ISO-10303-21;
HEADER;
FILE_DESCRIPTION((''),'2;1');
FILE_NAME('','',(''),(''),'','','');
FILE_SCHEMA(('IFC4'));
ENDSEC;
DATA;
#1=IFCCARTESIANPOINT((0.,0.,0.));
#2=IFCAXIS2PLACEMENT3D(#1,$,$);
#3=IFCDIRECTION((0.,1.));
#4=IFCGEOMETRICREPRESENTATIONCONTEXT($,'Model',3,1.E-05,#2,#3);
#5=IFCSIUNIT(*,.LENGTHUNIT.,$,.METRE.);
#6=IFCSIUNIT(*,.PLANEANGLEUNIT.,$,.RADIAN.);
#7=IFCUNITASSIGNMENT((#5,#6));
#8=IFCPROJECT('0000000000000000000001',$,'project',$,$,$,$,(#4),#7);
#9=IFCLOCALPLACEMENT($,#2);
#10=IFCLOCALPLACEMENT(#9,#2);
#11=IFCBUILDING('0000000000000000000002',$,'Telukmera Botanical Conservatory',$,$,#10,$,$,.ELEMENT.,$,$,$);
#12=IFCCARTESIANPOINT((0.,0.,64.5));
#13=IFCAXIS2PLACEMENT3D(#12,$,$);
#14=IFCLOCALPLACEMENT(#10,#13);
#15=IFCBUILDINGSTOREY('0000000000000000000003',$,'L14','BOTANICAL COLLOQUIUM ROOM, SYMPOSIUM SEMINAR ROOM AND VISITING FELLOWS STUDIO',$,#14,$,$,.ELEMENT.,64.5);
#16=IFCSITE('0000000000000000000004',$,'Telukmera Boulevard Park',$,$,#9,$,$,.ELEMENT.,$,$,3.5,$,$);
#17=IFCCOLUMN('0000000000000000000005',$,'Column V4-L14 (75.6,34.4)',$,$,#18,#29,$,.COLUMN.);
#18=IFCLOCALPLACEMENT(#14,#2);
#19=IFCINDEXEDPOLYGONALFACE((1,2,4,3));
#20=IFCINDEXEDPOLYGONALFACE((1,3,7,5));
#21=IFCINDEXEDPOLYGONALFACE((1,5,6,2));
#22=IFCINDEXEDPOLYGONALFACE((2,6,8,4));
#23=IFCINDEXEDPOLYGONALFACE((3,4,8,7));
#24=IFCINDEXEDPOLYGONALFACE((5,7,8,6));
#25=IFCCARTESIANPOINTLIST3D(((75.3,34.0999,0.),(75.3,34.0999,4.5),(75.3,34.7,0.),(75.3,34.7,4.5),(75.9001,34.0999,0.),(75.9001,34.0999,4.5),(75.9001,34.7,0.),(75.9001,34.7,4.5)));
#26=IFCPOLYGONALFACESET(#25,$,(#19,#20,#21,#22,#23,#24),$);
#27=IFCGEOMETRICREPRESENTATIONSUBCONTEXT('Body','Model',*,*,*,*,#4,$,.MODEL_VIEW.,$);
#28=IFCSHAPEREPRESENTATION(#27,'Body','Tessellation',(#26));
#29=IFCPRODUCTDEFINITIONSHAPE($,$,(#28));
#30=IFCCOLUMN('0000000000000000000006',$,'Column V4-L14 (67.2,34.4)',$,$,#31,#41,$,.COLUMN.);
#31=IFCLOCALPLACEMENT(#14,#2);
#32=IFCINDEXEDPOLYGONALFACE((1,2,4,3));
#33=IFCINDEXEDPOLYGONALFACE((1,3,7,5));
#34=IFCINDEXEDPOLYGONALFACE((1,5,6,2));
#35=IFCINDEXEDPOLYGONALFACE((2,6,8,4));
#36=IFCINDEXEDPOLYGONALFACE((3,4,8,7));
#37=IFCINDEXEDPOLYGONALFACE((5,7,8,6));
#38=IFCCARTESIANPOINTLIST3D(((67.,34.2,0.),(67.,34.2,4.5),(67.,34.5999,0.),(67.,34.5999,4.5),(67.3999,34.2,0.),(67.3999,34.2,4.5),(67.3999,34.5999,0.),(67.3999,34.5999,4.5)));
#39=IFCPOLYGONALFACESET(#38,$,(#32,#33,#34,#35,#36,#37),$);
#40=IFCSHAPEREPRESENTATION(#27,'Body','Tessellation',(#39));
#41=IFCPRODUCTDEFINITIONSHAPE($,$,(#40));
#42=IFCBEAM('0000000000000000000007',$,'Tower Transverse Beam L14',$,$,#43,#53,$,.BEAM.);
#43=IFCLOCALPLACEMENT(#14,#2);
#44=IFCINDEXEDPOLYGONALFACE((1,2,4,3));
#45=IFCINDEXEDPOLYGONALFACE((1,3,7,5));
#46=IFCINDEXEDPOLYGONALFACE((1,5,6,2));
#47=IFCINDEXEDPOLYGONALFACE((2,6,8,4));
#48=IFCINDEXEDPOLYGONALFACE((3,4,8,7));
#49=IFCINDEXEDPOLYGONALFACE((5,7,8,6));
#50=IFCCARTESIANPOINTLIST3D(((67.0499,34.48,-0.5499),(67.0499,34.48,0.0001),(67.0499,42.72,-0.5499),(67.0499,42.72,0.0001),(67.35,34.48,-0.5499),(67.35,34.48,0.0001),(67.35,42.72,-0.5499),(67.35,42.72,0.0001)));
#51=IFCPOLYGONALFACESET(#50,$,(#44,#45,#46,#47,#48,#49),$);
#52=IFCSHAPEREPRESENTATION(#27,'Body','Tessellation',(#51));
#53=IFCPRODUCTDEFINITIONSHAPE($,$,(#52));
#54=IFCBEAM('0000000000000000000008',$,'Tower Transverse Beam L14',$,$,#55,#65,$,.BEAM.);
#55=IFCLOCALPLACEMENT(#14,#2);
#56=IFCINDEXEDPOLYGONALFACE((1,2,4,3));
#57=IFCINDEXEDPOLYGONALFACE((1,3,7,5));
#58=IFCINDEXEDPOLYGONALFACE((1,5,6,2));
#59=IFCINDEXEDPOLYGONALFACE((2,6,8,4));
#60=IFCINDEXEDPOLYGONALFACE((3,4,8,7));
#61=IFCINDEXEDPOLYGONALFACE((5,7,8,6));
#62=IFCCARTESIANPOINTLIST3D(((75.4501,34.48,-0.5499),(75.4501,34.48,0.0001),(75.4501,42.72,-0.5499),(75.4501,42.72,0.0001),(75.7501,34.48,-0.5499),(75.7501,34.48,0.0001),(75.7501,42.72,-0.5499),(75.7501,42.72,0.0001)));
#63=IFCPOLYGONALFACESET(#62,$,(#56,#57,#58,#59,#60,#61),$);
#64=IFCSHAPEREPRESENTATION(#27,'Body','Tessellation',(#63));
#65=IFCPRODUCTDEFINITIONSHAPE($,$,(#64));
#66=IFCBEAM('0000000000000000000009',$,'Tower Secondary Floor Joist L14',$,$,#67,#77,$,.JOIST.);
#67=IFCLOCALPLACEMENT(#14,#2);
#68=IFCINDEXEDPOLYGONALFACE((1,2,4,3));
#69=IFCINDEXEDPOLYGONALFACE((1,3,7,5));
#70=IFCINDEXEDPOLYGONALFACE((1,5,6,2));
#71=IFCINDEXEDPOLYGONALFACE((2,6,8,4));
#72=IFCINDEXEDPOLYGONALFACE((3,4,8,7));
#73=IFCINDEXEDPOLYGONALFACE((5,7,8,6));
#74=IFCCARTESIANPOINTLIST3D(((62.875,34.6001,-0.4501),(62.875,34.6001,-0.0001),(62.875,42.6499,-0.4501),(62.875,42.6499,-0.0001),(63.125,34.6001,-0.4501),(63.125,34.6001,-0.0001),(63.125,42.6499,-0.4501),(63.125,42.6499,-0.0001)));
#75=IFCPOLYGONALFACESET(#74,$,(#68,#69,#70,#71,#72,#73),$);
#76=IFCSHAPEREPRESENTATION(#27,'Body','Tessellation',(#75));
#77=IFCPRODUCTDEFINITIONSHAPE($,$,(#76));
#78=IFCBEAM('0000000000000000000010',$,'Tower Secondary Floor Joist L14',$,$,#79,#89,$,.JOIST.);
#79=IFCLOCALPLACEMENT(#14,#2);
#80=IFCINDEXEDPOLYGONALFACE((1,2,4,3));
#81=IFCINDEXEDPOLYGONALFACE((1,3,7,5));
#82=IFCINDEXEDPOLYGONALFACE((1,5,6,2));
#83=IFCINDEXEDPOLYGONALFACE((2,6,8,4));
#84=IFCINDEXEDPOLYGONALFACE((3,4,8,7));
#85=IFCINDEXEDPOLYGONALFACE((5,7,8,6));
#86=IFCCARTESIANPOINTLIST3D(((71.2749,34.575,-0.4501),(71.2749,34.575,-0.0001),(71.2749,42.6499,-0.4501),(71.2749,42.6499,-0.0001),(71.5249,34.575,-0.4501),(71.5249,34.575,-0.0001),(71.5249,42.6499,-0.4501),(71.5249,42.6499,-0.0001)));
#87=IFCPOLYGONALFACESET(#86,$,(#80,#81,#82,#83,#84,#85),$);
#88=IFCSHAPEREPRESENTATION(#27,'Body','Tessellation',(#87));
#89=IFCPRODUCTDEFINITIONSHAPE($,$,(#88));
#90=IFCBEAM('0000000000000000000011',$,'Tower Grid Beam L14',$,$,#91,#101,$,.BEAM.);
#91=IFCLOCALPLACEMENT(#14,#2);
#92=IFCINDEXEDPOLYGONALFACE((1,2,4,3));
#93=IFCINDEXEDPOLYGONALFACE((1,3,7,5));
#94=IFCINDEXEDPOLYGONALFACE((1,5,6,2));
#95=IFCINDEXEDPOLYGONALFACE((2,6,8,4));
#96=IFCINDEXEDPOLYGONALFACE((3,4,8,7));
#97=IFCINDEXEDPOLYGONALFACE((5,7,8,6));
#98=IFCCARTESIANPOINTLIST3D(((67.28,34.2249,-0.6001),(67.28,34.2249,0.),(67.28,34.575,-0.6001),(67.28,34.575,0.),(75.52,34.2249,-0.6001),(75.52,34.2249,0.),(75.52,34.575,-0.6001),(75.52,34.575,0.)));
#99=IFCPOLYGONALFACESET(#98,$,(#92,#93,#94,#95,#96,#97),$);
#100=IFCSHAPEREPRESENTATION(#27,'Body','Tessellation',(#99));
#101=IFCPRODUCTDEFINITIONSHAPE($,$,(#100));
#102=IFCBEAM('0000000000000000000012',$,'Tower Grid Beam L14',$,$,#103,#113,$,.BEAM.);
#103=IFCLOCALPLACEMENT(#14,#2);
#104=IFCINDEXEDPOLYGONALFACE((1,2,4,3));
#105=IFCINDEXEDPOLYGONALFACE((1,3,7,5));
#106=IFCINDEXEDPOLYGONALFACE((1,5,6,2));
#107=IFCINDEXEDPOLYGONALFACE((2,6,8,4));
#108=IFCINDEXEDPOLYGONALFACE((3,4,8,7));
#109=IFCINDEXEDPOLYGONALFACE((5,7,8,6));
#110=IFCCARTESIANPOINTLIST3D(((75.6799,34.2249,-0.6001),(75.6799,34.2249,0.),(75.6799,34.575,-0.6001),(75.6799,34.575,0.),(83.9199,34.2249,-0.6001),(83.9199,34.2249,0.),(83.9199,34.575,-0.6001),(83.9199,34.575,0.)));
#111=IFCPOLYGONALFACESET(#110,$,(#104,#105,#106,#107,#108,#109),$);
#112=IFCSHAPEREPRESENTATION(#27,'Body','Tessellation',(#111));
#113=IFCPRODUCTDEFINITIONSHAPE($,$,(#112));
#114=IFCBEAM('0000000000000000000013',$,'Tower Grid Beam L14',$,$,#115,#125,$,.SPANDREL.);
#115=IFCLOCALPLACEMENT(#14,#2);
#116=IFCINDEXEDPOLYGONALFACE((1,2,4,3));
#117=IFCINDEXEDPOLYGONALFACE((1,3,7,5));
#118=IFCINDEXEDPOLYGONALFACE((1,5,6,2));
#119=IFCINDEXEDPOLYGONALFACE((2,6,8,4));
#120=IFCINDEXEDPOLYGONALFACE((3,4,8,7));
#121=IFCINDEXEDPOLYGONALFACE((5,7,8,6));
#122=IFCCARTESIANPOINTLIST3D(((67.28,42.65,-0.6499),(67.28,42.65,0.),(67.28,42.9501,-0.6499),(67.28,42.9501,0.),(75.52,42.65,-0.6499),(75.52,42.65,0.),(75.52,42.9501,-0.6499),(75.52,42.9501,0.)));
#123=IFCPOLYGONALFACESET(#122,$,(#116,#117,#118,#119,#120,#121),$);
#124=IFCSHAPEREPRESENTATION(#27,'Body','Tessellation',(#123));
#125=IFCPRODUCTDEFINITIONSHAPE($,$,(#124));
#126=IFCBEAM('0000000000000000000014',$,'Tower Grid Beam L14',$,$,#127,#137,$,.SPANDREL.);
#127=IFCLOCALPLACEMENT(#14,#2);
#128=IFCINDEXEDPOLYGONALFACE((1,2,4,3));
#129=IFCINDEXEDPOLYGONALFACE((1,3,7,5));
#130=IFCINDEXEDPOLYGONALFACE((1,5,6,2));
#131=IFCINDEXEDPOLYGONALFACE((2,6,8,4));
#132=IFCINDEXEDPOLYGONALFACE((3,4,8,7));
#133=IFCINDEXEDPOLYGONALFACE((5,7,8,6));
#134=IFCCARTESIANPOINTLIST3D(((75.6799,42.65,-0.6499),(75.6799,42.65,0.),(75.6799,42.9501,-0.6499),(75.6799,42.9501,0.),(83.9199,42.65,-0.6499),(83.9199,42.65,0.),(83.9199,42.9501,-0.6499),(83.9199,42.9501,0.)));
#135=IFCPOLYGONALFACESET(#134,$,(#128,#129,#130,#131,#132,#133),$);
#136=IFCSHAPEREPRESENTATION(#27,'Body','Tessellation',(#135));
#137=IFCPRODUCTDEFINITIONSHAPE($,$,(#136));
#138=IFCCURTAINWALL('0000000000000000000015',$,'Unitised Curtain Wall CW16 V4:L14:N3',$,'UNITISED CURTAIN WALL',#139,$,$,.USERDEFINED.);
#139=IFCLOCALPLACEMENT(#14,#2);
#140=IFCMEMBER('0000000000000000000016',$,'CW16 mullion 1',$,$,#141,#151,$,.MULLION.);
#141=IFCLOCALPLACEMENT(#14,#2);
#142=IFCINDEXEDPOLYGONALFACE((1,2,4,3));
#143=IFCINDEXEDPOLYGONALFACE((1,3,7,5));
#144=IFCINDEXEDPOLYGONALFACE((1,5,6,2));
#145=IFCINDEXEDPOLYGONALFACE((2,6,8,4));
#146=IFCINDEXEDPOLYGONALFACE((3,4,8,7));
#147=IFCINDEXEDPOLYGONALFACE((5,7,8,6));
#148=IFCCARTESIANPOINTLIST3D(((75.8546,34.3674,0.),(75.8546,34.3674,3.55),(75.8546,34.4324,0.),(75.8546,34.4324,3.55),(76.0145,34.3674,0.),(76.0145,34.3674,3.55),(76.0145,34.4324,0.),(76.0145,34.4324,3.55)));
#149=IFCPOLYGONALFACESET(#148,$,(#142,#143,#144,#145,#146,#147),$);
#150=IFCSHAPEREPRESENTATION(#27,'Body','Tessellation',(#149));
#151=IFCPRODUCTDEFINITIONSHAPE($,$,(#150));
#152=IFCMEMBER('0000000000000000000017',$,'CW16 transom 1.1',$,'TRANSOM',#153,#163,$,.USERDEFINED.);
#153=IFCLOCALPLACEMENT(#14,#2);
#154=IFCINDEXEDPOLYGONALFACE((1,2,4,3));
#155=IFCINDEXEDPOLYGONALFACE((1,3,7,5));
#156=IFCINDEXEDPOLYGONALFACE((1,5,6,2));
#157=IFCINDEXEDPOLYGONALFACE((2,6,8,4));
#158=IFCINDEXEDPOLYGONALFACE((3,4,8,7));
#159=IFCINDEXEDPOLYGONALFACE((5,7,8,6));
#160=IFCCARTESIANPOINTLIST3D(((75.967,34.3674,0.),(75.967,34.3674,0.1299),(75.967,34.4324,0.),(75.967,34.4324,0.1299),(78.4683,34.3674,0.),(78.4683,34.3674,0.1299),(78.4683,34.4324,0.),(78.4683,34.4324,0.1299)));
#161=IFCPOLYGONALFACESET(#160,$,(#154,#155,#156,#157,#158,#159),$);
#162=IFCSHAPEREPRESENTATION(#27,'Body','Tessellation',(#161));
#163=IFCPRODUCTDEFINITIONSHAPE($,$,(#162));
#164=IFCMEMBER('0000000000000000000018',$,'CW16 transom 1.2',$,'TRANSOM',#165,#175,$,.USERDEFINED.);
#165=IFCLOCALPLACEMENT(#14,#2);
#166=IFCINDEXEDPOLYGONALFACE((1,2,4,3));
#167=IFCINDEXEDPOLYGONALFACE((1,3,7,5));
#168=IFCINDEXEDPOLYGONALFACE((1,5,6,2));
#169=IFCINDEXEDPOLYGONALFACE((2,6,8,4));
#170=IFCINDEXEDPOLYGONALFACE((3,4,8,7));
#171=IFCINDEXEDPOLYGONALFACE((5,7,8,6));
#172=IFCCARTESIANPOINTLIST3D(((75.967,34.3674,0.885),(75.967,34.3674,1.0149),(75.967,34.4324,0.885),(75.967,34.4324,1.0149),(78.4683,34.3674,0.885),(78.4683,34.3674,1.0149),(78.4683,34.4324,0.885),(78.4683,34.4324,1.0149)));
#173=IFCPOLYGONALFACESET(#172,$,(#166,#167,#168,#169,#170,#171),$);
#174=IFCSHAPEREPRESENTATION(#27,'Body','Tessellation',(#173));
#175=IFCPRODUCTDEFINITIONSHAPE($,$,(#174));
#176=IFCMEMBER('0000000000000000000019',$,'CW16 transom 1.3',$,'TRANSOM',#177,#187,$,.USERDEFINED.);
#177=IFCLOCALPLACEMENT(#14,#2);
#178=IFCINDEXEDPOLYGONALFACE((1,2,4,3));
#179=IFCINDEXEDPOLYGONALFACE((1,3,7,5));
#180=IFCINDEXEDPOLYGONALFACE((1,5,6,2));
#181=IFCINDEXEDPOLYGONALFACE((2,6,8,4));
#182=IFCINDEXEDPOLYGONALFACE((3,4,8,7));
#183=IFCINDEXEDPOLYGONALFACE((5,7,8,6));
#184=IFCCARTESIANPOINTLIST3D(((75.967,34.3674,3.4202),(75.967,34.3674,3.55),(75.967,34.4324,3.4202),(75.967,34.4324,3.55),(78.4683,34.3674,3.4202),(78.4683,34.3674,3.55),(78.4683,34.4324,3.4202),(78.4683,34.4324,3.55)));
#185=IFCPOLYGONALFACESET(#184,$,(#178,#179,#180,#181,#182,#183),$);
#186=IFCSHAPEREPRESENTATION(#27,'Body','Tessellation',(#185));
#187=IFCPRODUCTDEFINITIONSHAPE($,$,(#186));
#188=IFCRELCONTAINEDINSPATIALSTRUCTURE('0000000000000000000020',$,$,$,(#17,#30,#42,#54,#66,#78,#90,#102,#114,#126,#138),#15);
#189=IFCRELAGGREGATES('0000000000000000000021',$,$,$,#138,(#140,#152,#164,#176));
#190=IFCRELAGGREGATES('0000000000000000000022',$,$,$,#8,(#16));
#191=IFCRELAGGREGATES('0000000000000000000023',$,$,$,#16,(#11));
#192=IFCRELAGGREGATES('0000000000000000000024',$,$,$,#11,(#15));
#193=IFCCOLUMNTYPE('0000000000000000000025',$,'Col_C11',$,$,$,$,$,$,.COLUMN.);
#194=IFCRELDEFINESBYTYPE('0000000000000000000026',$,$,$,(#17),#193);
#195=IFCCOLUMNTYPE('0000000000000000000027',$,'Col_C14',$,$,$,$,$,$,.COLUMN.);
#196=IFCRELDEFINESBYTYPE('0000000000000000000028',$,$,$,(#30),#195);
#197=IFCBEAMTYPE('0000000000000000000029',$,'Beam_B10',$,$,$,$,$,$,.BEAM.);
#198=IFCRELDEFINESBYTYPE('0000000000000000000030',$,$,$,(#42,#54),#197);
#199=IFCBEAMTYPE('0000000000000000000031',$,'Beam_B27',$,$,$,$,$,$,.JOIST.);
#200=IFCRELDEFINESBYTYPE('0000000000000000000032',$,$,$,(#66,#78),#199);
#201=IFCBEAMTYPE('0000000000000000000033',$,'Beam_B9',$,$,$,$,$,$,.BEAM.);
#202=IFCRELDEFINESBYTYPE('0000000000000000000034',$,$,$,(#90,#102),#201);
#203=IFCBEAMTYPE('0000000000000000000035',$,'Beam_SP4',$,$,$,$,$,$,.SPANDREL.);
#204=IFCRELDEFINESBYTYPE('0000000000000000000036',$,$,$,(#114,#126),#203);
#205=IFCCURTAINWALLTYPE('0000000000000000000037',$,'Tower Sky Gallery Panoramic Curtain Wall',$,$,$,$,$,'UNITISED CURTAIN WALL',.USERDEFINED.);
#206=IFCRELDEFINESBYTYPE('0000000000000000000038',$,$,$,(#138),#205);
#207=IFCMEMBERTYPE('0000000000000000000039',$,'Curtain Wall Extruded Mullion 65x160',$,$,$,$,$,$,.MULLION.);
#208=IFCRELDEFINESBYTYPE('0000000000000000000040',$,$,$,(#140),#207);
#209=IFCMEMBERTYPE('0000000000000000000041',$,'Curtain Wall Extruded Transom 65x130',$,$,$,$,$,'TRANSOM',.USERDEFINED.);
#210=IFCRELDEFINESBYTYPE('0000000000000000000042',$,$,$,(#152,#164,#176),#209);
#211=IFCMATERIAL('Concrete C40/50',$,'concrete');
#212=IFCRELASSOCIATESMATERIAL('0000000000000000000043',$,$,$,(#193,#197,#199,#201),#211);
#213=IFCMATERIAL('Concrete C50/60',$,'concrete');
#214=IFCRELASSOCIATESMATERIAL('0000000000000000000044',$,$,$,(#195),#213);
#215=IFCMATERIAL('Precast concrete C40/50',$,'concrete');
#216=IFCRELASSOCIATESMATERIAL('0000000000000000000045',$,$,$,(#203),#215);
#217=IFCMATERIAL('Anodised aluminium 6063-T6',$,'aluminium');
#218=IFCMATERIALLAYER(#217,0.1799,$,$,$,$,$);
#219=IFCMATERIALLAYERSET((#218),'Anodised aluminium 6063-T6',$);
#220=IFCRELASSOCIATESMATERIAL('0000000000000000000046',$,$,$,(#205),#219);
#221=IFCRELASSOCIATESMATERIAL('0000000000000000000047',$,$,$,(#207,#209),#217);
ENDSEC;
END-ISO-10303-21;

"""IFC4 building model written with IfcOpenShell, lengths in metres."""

from ifc_helpers import new_model, si_unit, direction, frame, origin, origin_2d, place, context, subcontext, project, spatial, rectangle, extrude, material, layer, layer_set, material_profile, profile_set, type_object, element, aggregate, save


model = new_model("IFC4")

# Units and contexts
model_context = context("Model", 3, precision=1e-05, world=origin(), true_north=direction((0.0, 1.0)))
body_context = subcontext(model_context, "Body", "Model", "MODEL_VIEW")
ifc_project = project(units=[si_unit("LENGTHUNIT", "METRE"), si_unit("PLANEANGLEUNIT", "RADIAN")], contexts=[model_context])

# Site, building, storey
site_placement = place(None, origin())
site = spatial("IfcSite", under=ifc_project, at=site_placement, Name="Telukmera Boulevard Park", CompositionType="ELEMENT", RefElevation=3.5)
building_placement = place(site_placement, origin())
building = spatial("IfcBuilding", under=site, at=building_placement, Name="Telukmera Botanical Conservatory", CompositionType="ELEMENT")
storey_placement = place(building_placement, frame((0.0, 0.0, 64.5)))
storey = spatial("IfcBuildingStorey", under=building, at=storey_placement, Name="L14", Description="BOTANICAL COLLOQUIUM ROOM, SYMPOSIUM SEMINAR ROOM AND VISITING FELLOWS STUDIO", CompositionType="ELEMENT", Elevation=64.5)

# Columns
ifc_material_1 = material(Name="Concrete C40/50", Category="concrete")
ifc_material_profile_1 = material_profile(ifc_material_1, rectangle(XDim=0.6001, YDim=0.6001, at=origin_2d()), Name="RC 600x600")
ifc_profile_set_1 = profile_set([ifc_material_profile_1], Name="Concrete C40/50")
column_type_1 = type_object("IfcColumnType", Name="Col_C11", PredefinedType="COLUMN", material=ifc_profile_set_1)
column_1_placement = place(storey_placement, frame((75.6001, 34.3999, 0.0), z_axis=(0.0, 0.0, 1.0), x_axis=(1.0, 0.0, 0.0)))
element("IfcColumn", 1, at=column_1_placement, inside=storey, type_object=column_type_1, Name="Column V4-L14 (75.6,34.4)", PredefinedType="COLUMN", context=body_context, shape_type="SweptSolid", body=[
    extrude(rectangle(XDim=0.6001, YDim=0.6001, at=origin_2d()), origin(), (0.0, 0.0, 1.0), 4.5),
])
ifc_material_2 = material(Name="Concrete C50/60", Category="concrete")
ifc_material_profile_2 = material_profile(ifc_material_2, rectangle(XDim=0.3999, YDim=0.3999, at=origin_2d()), Name="RC 400x400")
ifc_profile_set_2 = profile_set([ifc_material_profile_2], Name="Concrete C50/60")
column_type_2 = type_object("IfcColumnType", Name="Col_C14", PredefinedType="COLUMN", material=ifc_profile_set_2)
column_2_placement = place(storey_placement, frame((67.2, 34.3999, 0.0), z_axis=(0.0, 0.0, 1.0), x_axis=(1.0, 0.0, 0.0)))
element("IfcColumn", 2, at=column_2_placement, inside=storey, type_object=column_type_2, Name="Column V4-L14 (67.2,34.4)", PredefinedType="COLUMN", context=body_context, shape_type="SweptSolid", body=[
    extrude(rectangle(XDim=0.3999, YDim=0.3999, at=origin_2d()), origin(), (0.0, 0.0, 1.0), 4.5),
])

# Beams
ifc_material_profile_3 = material_profile(ifc_material_1, rectangle(XDim=0.3, YDim=0.55, at=origin_2d()), Name="RC 300x550")
ifc_profile_set_3 = profile_set([ifc_material_profile_3], Name="Concrete C40/50")
beam_type_1 = type_object("IfcBeamType", Name="Beam_B10", PredefinedType="BEAM", material=ifc_profile_set_3)
for number, where, z_axis, x_axis, name in (
    (3, (67.2, 34.48, -0.2749), (0.0, 1.0, 0.0), (-1.0, 0.0, 0.0), "Tower Transverse Beam L14"),
    (4, (75.6001, 34.48, -0.2749), (0.0, 1.0, 0.0), (-1.0, 0.0, 0.0), "Tower Transverse Beam L14"),
):
    element("IfcBeam", number, at=place(storey_placement, frame(where, z_axis=z_axis, x_axis=x_axis)), inside=storey, type_object=beam_type_1, Name=name, PredefinedType="BEAM", context=body_context, shape_type="SweptSolid", body=[
        extrude(rectangle(XDim=0.3, YDim=0.55, at=origin_2d()), origin(), (0.0, 0.0, 1.0), 8.24),
    ])
ifc_material_profile_4 = material_profile(ifc_material_1, rectangle(XDim=0.25, YDim=0.45, at=origin_2d()), Name="RC 250x450")
ifc_profile_set_4 = profile_set([ifc_material_profile_4], Name="Concrete C40/50")
beam_type_2 = type_object("IfcBeamType", Name="Beam_B27", PredefinedType="JOIST", material=ifc_profile_set_4)
beam_1_placement = place(storey_placement, frame((63.0, 34.6001, -0.2251), z_axis=(0.0, 1.0, 0.0), x_axis=(-1.0, 0.0, 0.0)))
element("IfcBeam", 5, at=beam_1_placement, inside=storey, type_object=beam_type_2, Name="Tower Secondary Floor Joist L14", PredefinedType="JOIST", context=body_context, shape_type="SweptSolid", body=[
    extrude(rectangle(XDim=0.25, YDim=0.45, at=origin_2d()), origin(), (0.0, 0.0, 1.0), 8.0498),
])
beam_2_placement = place(storey_placement, frame((71.3999, 34.575, -0.2251), z_axis=(0.0, 1.0, 0.0), x_axis=(-1.0, 0.0, 0.0)))
element("IfcBeam", 6, at=beam_2_placement, inside=storey, type_object=beam_type_2, Name="Tower Secondary Floor Joist L14", PredefinedType="JOIST", context=body_context, shape_type="SweptSolid", body=[
    extrude(rectangle(XDim=0.25, YDim=0.45, at=origin_2d()), origin(), (0.0, 0.0, 1.0), 8.075),
])
ifc_material_profile_5 = material_profile(ifc_material_1, rectangle(XDim=0.3501, YDim=0.6001, at=origin_2d()), Name="RC 350x600")
ifc_profile_set_5 = profile_set([ifc_material_profile_5], Name="Concrete C40/50")
beam_type_3 = type_object("IfcBeamType", Name="Beam_B9", PredefinedType="BEAM", material=ifc_profile_set_5)
for number, where, z_axis, x_axis, name in (
    (7, (67.28, 34.3999, -0.3), (1.0, 0.0, 0.0), (0.0, 1.0, 0.0), "Tower Grid Beam L14"),
    (8, (75.6799, 34.3999, -0.3), (1.0, 0.0, 0.0), (0.0, 1.0, 0.0), "Tower Grid Beam L14"),
):
    element("IfcBeam", number, at=place(storey_placement, frame(where, z_axis=z_axis, x_axis=x_axis)), inside=storey, type_object=beam_type_3, Name=name, PredefinedType="BEAM", context=body_context, shape_type="SweptSolid", body=[
        extrude(rectangle(XDim=0.3501, YDim=0.6001, at=origin_2d()), origin(), (0.0, 0.0, 1.0), 8.24),
    ])
ifc_material_3 = material(Name="Precast concrete C40/50", Category="concrete")
ifc_material_profile_6 = material_profile(ifc_material_3, rectangle(XDim=0.3, YDim=0.6499, at=origin_2d()), Name="PC 300x650")
ifc_profile_set_6 = profile_set([ifc_material_profile_6], Name="Precast concrete C40/50")
beam_type_4 = type_object("IfcBeamType", Name="Beam_SP4", PredefinedType="SPANDREL", material=ifc_profile_set_6)
for number, where, z_axis, x_axis, name in (
    (9, (67.28, 42.8, -0.325), (1.0, 0.0, 0.0), (0.0, 1.0, 0.0), "Tower Grid Beam L14"),
    (10, (75.6799, 42.8, -0.325), (1.0, 0.0, 0.0), (0.0, 1.0, 0.0), "Tower Grid Beam L14"),
):
    element("IfcBeam", number, at=place(storey_placement, frame(where, z_axis=z_axis, x_axis=x_axis)), inside=storey, type_object=beam_type_4, Name=name, PredefinedType="SPANDREL", context=body_context, shape_type="SweptSolid", body=[
        extrude(rectangle(XDim=0.3, YDim=0.6499, at=origin_2d()), origin(), (0.0, 0.0, 1.0), 8.24),
    ])

# Curtain wall, members
ifc_material_4 = material(Name="Anodised aluminium 6063-T6", Category="aluminium")
ifc_layer_1 = layer(ifc_material_4, 0.1799)
ifc_layer_set_1 = layer_set([ifc_layer_1], Name="Anodised aluminium 6063-T6")
curtain_wall_type = type_object("IfcCurtainWallType", Name="Tower Sky Gallery Panoramic Curtain Wall", ElementType="UNITISED CURTAIN WALL", PredefinedType="USERDEFINED", material=ifc_layer_set_1)
curtain_wall_placement = place(storey_placement, origin())
curtain_wall = element("IfcCurtainWall", 11, at=curtain_wall_placement, inside=storey, type_object=curtain_wall_type, Name="Unitised Curtain Wall CW16 V4:L14:N3", ObjectType="UNITISED CURTAIN WALL", PredefinedType="USERDEFINED")
ifc_material_profile_7 = material_profile(ifc_material_4, rectangle(XDim=0.0649, YDim=0.1599, at=origin_2d()), Name="ALU MULL 65x160")
ifc_profile_set_7 = profile_set([ifc_material_profile_7], Name="Anodised aluminium 6063-T6")
member_type_1 = type_object("IfcMemberType", Name="Curtain Wall Extruded Mullion 65x160", PredefinedType="MULLION", material=ifc_profile_set_7)
member_1_placement = place(storey_placement, frame((75.9346, 34.3999, 0.0), z_axis=(0.0, 0.0, 1.0), x_axis=(0.0, 1.0, 0.0)))
member_1 = element("IfcMember", 12, at=member_1_placement, type_object=member_type_1, Name="CW16 mullion 1", PredefinedType="MULLION", context=body_context, shape_type="SweptSolid", body=[
    extrude(rectangle(XDim=0.0649, YDim=0.1599, at=origin_2d()), origin(), (0.0, 0.0, 1.0), 3.55),
])
ifc_material_profile_8 = material_profile(ifc_material_4, rectangle(XDim=0.0649, YDim=0.1299, at=origin_2d()), Name="ALU TRAN 65x130")
ifc_profile_set_8 = profile_set([ifc_material_profile_8], Name="Anodised aluminium 6063-T6")
member_type_2 = type_object("IfcMemberType", Name="Curtain Wall Extruded Transom 65x130", ElementType="TRANSOM", PredefinedType="USERDEFINED", material=ifc_profile_set_8)
member_2_placement = place(storey_placement, frame((75.967, 34.3999, 0.0649), z_axis=(1.0, 0.0, 0.0), x_axis=(0.0, 1.0, 0.0)))
member_2 = element("IfcMember", 13, at=member_2_placement, type_object=member_type_2, Name="CW16 transom 1.1", ObjectType="TRANSOM", PredefinedType="USERDEFINED", context=body_context, shape_type="SweptSolid", body=[
    extrude(rectangle(XDim=0.0649, YDim=0.1299, at=origin_2d()), origin(), (0.0, 0.0, 1.0), 2.5012),
])
member_3_placement = place(storey_placement, frame((75.967, 34.3999, 0.95), z_axis=(1.0, 0.0, 0.0), x_axis=(0.0, 1.0, 0.0)))
member_3 = element("IfcMember", 14, at=member_3_placement, type_object=member_type_2, Name="CW16 transom 1.2", ObjectType="TRANSOM", PredefinedType="USERDEFINED", context=body_context, shape_type="SweptSolid", body=[
    extrude(rectangle(XDim=0.0649, YDim=0.1299, at=origin_2d()), origin(), (0.0, 0.0, 1.0), 2.5012),
])
member_4_placement = place(storey_placement, frame((75.967, 34.3999, 3.4851), z_axis=(1.0, 0.0, 0.0), x_axis=(0.0, 1.0, 0.0)))
member_4 = element("IfcMember", 15, at=member_4_placement, type_object=member_type_2, Name="CW16 transom 1.3", ObjectType="TRANSOM", PredefinedType="USERDEFINED", context=body_context, shape_type="SweptSolid", body=[
    extrude(rectangle(XDim=0.0649, YDim=0.1299, at=origin_2d()), origin(), (0.0, 0.0, 1.0), 2.5012),
])
aggregate(curtain_wall, [member_1, member_2, member_3, member_4])

save(model, "model.ifc")
